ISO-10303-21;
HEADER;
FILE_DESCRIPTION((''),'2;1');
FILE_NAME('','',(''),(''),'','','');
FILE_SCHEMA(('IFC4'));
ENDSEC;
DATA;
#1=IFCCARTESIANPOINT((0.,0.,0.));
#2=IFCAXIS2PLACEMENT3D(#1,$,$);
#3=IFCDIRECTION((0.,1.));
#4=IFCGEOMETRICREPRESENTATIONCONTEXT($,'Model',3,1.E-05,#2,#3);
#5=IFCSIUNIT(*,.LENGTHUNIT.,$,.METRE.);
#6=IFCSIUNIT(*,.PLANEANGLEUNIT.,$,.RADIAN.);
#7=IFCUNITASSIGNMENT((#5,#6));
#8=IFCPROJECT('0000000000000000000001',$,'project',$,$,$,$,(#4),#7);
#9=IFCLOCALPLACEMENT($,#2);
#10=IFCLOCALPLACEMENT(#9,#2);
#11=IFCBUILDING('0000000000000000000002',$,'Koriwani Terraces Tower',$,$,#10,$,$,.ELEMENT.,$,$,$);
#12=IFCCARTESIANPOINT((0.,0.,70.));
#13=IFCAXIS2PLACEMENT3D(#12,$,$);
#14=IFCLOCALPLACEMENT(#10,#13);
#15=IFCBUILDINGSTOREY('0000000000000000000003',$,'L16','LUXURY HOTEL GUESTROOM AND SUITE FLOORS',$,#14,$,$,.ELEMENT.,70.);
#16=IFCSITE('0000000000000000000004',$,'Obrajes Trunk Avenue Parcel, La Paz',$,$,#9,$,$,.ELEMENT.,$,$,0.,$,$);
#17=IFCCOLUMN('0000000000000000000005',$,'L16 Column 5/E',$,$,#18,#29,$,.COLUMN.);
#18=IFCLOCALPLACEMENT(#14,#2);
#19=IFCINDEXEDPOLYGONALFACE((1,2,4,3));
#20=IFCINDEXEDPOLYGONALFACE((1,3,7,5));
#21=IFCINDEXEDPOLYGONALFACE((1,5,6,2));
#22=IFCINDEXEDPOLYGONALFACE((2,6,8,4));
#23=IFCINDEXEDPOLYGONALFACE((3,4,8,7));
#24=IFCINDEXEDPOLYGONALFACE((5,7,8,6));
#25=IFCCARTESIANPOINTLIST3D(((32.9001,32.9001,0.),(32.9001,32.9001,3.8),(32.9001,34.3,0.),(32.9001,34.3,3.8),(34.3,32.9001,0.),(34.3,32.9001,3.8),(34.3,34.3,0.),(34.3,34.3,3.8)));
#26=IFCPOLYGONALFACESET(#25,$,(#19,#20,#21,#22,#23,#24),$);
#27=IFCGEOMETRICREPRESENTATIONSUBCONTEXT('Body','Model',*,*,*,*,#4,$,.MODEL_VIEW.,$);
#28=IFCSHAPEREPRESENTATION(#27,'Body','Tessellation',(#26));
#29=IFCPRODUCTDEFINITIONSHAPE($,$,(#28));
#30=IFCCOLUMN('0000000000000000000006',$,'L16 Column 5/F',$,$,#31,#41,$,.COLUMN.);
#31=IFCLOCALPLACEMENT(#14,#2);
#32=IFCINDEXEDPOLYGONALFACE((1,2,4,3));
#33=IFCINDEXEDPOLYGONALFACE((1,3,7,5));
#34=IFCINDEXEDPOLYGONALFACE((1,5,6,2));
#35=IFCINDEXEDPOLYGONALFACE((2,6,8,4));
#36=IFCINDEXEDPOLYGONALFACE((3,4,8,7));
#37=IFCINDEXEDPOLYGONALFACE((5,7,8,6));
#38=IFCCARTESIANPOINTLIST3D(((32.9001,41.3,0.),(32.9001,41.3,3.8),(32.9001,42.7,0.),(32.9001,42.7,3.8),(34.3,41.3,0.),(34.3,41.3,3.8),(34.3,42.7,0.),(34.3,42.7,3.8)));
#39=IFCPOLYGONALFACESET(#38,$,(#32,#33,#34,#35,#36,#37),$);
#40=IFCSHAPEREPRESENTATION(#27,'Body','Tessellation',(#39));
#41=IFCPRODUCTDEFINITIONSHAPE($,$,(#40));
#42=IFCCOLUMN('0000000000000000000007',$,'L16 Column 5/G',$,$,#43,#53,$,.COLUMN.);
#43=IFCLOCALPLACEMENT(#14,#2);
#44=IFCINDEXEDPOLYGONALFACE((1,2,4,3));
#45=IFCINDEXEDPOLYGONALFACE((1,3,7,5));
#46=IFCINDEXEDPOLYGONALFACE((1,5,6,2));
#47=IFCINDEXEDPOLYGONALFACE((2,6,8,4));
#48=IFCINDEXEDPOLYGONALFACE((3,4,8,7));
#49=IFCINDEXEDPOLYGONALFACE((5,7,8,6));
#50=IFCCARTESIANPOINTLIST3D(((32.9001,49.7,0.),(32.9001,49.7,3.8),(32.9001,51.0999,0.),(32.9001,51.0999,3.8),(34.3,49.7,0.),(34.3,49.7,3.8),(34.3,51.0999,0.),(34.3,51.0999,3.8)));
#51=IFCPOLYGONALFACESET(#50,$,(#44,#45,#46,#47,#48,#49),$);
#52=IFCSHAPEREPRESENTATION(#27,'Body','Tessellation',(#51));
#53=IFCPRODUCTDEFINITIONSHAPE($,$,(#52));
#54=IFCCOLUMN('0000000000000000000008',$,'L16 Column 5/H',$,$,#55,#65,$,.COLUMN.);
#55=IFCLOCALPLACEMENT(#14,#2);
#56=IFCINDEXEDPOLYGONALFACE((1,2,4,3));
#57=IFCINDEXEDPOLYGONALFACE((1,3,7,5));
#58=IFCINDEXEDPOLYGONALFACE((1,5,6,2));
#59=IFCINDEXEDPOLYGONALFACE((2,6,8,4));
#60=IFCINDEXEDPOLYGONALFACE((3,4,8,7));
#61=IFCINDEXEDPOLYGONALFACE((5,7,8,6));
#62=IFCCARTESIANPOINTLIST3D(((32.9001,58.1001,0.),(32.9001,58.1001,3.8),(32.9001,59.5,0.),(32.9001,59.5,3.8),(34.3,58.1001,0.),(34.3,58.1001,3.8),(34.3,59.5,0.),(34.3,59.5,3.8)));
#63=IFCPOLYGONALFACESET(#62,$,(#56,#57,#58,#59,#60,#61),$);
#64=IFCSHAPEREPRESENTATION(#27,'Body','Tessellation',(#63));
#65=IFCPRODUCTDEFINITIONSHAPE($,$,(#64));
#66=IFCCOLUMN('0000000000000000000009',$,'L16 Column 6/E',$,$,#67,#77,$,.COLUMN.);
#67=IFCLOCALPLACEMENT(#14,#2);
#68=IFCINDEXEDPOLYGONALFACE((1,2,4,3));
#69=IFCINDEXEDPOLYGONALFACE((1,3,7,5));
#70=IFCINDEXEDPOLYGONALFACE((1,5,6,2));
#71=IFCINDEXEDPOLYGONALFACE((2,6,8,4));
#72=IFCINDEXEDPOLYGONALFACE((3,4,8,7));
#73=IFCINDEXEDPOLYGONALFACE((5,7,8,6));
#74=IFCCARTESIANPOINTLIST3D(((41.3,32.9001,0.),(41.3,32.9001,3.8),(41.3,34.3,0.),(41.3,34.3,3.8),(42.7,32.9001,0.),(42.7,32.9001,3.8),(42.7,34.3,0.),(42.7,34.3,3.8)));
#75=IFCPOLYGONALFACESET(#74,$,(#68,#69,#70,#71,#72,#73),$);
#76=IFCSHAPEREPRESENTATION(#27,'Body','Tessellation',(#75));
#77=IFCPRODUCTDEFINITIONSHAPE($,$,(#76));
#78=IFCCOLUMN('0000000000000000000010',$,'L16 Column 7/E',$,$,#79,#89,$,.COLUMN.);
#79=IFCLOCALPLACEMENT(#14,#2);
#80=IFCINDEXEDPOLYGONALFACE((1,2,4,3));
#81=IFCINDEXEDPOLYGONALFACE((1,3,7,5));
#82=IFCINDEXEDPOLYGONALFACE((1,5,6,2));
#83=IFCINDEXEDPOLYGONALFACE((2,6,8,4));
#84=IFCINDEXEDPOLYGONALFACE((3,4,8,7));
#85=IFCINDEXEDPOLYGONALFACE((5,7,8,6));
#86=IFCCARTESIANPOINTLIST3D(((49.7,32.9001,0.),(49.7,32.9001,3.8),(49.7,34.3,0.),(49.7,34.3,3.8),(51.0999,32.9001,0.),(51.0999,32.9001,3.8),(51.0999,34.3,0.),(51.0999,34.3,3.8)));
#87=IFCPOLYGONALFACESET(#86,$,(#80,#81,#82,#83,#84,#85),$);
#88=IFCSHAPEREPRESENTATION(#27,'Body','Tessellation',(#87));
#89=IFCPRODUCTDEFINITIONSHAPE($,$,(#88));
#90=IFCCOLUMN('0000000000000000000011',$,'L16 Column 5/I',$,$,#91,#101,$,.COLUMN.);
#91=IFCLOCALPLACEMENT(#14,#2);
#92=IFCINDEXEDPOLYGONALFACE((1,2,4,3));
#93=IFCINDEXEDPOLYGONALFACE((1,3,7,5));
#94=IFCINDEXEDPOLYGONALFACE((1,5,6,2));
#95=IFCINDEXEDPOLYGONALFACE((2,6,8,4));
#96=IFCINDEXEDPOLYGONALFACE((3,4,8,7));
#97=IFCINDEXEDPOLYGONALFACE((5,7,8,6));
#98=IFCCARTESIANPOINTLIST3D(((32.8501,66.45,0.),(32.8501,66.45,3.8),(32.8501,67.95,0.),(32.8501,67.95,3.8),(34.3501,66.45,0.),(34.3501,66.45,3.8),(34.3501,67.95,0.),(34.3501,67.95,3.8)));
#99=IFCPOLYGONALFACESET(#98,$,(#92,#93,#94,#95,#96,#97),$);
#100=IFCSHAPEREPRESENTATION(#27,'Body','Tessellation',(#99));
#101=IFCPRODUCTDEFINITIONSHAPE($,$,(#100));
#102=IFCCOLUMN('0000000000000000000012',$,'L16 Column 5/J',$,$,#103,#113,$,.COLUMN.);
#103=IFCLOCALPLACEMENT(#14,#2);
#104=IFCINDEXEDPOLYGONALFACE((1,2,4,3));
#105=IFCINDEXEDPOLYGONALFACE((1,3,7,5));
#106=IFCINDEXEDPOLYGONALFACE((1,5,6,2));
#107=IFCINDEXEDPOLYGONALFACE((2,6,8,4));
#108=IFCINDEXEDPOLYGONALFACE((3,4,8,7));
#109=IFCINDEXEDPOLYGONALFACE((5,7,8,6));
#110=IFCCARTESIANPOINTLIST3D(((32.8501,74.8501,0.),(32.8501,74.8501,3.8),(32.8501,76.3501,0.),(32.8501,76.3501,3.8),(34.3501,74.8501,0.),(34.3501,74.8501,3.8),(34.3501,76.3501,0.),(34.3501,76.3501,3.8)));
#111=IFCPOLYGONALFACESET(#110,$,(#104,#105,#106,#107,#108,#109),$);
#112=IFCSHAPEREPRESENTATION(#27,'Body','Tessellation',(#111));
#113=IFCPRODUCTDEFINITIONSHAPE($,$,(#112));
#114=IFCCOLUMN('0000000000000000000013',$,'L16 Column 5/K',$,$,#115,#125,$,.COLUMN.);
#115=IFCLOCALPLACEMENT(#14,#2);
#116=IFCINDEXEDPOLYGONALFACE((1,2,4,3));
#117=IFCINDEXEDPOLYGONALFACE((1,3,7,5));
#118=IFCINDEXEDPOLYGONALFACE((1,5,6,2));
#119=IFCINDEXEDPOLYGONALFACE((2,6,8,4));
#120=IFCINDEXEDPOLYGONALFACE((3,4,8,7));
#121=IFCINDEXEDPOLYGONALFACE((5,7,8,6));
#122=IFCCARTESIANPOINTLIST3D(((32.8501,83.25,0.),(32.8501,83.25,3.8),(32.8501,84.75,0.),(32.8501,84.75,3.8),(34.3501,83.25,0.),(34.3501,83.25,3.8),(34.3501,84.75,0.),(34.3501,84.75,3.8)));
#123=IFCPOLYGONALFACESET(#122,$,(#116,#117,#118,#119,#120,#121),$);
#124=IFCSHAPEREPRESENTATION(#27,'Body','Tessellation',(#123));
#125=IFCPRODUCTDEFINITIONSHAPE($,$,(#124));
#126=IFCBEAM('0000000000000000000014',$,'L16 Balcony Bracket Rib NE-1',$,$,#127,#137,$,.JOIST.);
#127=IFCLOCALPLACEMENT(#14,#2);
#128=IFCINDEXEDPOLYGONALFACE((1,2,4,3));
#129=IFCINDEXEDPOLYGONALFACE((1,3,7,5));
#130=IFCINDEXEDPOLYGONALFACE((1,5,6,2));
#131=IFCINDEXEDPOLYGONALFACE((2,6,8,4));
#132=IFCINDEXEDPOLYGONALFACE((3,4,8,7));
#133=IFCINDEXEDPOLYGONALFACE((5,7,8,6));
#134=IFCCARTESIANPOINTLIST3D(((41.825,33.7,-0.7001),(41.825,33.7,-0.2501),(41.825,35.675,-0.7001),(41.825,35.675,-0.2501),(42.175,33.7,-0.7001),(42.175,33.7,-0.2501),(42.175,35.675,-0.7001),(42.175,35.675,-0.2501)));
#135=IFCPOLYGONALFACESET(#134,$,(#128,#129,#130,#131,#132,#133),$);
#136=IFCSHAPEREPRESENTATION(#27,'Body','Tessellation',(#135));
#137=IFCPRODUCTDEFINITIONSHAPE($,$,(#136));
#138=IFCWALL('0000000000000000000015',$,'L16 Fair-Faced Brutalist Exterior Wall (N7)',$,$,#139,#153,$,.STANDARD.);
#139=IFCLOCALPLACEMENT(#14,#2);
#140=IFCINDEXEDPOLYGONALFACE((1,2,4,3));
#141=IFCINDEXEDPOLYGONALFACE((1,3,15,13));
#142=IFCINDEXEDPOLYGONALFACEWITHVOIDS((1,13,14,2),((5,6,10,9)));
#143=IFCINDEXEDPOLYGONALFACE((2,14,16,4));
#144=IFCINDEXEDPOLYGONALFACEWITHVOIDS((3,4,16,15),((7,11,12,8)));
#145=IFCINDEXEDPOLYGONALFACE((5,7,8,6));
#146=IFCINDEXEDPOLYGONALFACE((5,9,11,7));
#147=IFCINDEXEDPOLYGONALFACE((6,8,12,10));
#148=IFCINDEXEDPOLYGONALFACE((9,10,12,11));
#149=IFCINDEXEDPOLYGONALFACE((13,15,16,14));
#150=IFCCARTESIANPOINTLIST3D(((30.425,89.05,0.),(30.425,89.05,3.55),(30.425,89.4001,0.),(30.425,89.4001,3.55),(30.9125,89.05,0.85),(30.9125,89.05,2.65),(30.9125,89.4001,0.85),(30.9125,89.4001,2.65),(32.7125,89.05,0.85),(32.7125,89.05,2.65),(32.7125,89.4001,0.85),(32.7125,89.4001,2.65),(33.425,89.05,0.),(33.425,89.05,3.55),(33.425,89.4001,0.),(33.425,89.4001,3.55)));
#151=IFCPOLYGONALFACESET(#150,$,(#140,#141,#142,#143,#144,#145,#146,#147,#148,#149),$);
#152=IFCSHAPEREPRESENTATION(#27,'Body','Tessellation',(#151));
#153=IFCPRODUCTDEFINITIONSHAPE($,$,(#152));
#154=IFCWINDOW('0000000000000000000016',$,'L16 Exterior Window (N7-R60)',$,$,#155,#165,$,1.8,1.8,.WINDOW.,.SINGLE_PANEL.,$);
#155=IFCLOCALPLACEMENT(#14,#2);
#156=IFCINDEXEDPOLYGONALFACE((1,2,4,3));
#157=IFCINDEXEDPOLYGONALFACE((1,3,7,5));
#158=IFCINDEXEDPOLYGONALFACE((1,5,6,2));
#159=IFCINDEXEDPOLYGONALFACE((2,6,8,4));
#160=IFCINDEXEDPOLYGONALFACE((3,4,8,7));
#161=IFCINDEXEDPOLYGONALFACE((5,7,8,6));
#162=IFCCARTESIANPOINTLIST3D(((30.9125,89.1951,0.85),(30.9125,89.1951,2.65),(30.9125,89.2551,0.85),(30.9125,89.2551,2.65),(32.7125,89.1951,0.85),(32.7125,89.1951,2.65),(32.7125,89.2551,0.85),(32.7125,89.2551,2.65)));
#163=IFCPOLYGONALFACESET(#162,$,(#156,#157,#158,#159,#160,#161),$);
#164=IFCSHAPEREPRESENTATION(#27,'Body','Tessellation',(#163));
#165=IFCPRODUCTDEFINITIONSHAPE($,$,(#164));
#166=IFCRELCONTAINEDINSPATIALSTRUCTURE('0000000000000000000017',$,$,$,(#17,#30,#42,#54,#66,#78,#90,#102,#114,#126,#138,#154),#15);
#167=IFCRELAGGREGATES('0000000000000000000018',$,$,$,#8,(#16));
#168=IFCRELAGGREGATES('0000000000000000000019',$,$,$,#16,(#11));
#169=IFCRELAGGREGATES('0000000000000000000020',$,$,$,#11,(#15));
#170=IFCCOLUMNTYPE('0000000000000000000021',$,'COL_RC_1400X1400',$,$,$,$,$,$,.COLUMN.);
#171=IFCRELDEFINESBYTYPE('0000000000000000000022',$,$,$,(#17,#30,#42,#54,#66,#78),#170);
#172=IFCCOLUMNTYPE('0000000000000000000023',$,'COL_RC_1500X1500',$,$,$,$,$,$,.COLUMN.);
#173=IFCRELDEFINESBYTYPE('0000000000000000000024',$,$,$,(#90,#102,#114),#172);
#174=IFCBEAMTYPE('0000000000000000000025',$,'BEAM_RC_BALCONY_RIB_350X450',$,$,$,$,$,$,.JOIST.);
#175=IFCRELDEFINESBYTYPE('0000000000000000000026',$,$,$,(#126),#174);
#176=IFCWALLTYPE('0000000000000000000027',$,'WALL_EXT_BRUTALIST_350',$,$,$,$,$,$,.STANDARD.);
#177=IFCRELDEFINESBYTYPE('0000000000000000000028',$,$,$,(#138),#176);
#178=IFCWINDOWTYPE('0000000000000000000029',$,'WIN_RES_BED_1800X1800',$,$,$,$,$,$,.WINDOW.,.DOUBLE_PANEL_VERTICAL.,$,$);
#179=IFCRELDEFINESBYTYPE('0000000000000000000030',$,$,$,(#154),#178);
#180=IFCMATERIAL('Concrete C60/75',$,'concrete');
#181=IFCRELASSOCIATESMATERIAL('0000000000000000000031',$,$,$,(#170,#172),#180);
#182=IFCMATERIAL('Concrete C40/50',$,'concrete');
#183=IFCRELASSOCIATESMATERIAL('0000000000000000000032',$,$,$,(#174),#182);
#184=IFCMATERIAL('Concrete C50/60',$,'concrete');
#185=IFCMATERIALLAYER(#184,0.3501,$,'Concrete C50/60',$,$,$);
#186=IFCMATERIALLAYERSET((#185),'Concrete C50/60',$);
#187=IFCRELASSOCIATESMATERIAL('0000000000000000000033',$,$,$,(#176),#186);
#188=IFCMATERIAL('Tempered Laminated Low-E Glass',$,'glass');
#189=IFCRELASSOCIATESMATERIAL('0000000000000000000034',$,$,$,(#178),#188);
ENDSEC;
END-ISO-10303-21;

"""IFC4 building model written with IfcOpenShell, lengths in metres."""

from ifc_helpers import new_model, si_unit, direction, frame, frame_2d, origin, origin_2d, place, context, subcontext, project, spatial, rectangle, extrude, material, layer, layer_set, material_profile, profile_set, type_object, element, fill, save


model = new_model("IFC4")

# Units and contexts
model_context = context("Model", 3, precision=1e-05, world=origin(), true_north=direction((0.0, 1.0)))
body_context = subcontext(model_context, "Body", "Model", "MODEL_VIEW")
ifc_project = project(units=[si_unit("LENGTHUNIT", "METRE"), si_unit("PLANEANGLEUNIT", "RADIAN")], contexts=[model_context])

# Site, building, storey
site_placement = place(None, origin())
site = spatial("IfcSite", under=ifc_project, at=site_placement, Name="Obrajes Trunk Avenue Parcel, La Paz", CompositionType="ELEMENT", RefElevation=0.0)
building_placement = place(site_placement, origin())
building = spatial("IfcBuilding", under=site, at=building_placement, Name="Koriwani Terraces Tower", CompositionType="ELEMENT")
storey_placement = place(building_placement, frame((0.0, 0.0, 70.0)))
storey = spatial("IfcBuildingStorey", under=building, at=storey_placement, Name="L16", Description="LUXURY HOTEL GUESTROOM AND SUITE FLOORS", CompositionType="ELEMENT", Elevation=70.0)

# Columns
ifc_material_1 = material(Name="Concrete C60/75", Category="concrete")
ifc_material_profile_1 = material_profile(ifc_material_1, rectangle(XDim=1.3999, YDim=1.3999, at=origin_2d()), Name="Concrete C60/75", Category="LoadBearing")
ifc_profile_set_1 = profile_set([ifc_material_profile_1], Name="Concrete C60/75")
column_type_1 = type_object("IfcColumnType", Name="COL_RC_1400X1400", PredefinedType="COLUMN", material=ifc_profile_set_1)
for number, where, z_axis, x_axis, name in (
    (1, (33.6001, 33.6001, 0.0), (0.0, 0.0, 1.0), (1.0, 0.0, 0.0), "L16 Column 5/E"),
    (2, (33.6001, 42.0, 0.0), (0.0, 0.0, 1.0), (1.0, 0.0, 0.0), "L16 Column 5/F"),
    (3, (33.6001, 50.3999, 0.0), (0.0, 0.0, 1.0), (1.0, 0.0, 0.0), "L16 Column 5/G"),
    (4, (33.6001, 58.8, 0.0), (0.0, 0.0, 1.0), (1.0, 0.0, 0.0), "L16 Column 5/H"),
    (5, (42.0, 33.6001, 0.0), (0.0, 0.0, 1.0), (1.0, 0.0, 0.0), "L16 Column 6/E"),
    (6, (50.3999, 33.6001, 0.0), (0.0, 0.0, 1.0), (1.0, 0.0, 0.0), "L16 Column 7/E"),
):
    element("IfcColumn", number, at=place(storey_placement, frame(where, z_axis=z_axis, x_axis=x_axis)), inside=storey, type_object=column_type_1, Name=name, PredefinedType="COLUMN", context=body_context, shape_type="SweptSolid", body=[
        extrude(rectangle(XDim=1.3999, YDim=1.3999, at=origin_2d()), origin(), (0.0, 0.0, 1.0), 3.8),
    ])
ifc_material_profile_2 = material_profile(ifc_material_1, rectangle(XDim=1.5, YDim=1.5, at=origin_2d()), Name="Concrete C60/75", Category="LoadBearing")
ifc_profile_set_2 = profile_set([ifc_material_profile_2], Name="Concrete C60/75")
column_type_2 = type_object("IfcColumnType", Name="COL_RC_1500X1500", PredefinedType="COLUMN", material=ifc_profile_set_2)
for number, where, z_axis, x_axis, name in (
    (7, (33.6001, 67.2, 0.0), (0.0, 0.0, 1.0), (1.0, 0.0, 0.0), "L16 Column 5/I"),
    (8, (33.6001, 75.6001, 0.0), (0.0, 0.0, 1.0), (1.0, 0.0, 0.0), "L16 Column 5/J"),
    (9, (33.6001, 84.0, 0.0), (0.0, 0.0, 1.0), (1.0, 0.0, 0.0), "L16 Column 5/K"),
):
    element("IfcColumn", number, at=place(storey_placement, frame(where, z_axis=z_axis, x_axis=x_axis)), inside=storey, type_object=column_type_2, Name=name, PredefinedType="COLUMN", context=body_context, shape_type="SweptSolid", body=[
        extrude(rectangle(XDim=1.5, YDim=1.5, at=origin_2d()), origin(), (0.0, 0.0, 1.0), 3.8),
    ])

# Beam
ifc_material_2 = material(Name="Concrete C40/50", Category="concrete")
ifc_material_profile_3 = material_profile(ifc_material_2, rectangle(XDim=0.3501, YDim=0.45, at=origin_2d()), Name="Concrete C40/50", Category="LoadBearing")
ifc_profile_set_3 = profile_set([ifc_material_profile_3], Name="Concrete C40/50")
beam_type = type_object("IfcBeamType", Name="BEAM_RC_BALCONY_RIB_350X450", PredefinedType="JOIST", material=ifc_profile_set_3)
beam_placement = place(storey_placement, frame((42.0, 33.7, -0.4751), z_axis=(0.0, 1.0, 0.0), x_axis=(-1.0, 0.0, 0.0)))
element("IfcBeam", 10, at=beam_placement, inside=storey, type_object=beam_type, Name="L16 Balcony Bracket Rib NE-1", PredefinedType="JOIST", context=body_context, shape_type="SweptSolid", body=[
    extrude(rectangle(XDim=0.3501, YDim=0.45, at=origin_2d()), origin(), (0.0, 0.0, 1.0), 1.9751),
])

# Wall, opening, window
ifc_material_3 = material(Name="Concrete C50/60", Category="concrete")
ifc_layer_1 = layer(ifc_material_3, 0.3501, Name="Concrete C50/60")
ifc_layer_set_1 = layer_set([ifc_layer_1], Name="Concrete C50/60")
wall_type = type_object("IfcWallType", Name="WALL_EXT_BRUTALIST_350", PredefinedType="STANDARD", material=ifc_layer_set_1)
wall_1_placement = place(storey_placement, frame((30.425, 89.2251, 0.0), z_axis=(0.0, 0.0, 1.0), x_axis=(1.0, 0.0, 0.0)))
wall_1 = element("IfcWall", 11, at=wall_1_placement, inside=storey, type_object=wall_type, Name="L16 Fair-Faced Brutalist Exterior Wall (N7)", PredefinedType="STANDARD", context=body_context, shape_type="SweptSolid", body=[
    extrude(rectangle(XDim=3.0, YDim=0.3501, at=frame_2d((1.5, 0.0))), origin(), (0.0, 0.0, 1.0), 3.55),
])
opening_1_placement = place(wall_1_placement, frame((0.4875, 0.0, 0.8501)))
opening_1 = element("IfcOpeningElement", 12, at=opening_1_placement, cuts=wall_1, PredefinedType="OPENING", context=body_context, shape_type="SweptSolid", body=[
    extrude(rectangle(XDim=1.8, YDim=1.8, at=frame_2d((0.8999, 0.8999))), frame((0.0, 0.1851, 0.0), z_axis=(0.0, -1.0, 0.0), x_axis=(1.0, 0.0, 0.0)), (0.0, 0.0, 1.0), 0.3701),
])
ifc_material_4 = material(Name="Tempered Laminated Low-E Glass", Category="glass")
window_type_1 = type_object("IfcWindowType", Name="WIN_RES_BED_1800X1800", PartitioningType="DOUBLE_PANEL_VERTICAL", PredefinedType="WINDOW", material=ifc_material_4)
window_1_placement = place(opening_1_placement, origin())
window_1 = element("IfcWindow", 13, at=window_1_placement, inside=storey, type_object=window_type_1, Name="L16 Exterior Window (N7-R60)", OverallHeight=1.8, OverallWidth=1.8, PartitioningType="SINGLE_PANEL", PredefinedType="WINDOW", context=body_context, shape_type="SweptSolid", body=[
    extrude(rectangle(XDim=1.8, YDim=1.8, at=frame_2d((0.8999, 0.8999))), frame((0.0, 0.03, 0.0), z_axis=(0.0, -1.0, 0.0), x_axis=(1.0, 0.0, 0.0)), (0.0, 0.0, 1.0), 0.0601),
])
fill(opening_1, window_1)

save(model, "model.ifc")
